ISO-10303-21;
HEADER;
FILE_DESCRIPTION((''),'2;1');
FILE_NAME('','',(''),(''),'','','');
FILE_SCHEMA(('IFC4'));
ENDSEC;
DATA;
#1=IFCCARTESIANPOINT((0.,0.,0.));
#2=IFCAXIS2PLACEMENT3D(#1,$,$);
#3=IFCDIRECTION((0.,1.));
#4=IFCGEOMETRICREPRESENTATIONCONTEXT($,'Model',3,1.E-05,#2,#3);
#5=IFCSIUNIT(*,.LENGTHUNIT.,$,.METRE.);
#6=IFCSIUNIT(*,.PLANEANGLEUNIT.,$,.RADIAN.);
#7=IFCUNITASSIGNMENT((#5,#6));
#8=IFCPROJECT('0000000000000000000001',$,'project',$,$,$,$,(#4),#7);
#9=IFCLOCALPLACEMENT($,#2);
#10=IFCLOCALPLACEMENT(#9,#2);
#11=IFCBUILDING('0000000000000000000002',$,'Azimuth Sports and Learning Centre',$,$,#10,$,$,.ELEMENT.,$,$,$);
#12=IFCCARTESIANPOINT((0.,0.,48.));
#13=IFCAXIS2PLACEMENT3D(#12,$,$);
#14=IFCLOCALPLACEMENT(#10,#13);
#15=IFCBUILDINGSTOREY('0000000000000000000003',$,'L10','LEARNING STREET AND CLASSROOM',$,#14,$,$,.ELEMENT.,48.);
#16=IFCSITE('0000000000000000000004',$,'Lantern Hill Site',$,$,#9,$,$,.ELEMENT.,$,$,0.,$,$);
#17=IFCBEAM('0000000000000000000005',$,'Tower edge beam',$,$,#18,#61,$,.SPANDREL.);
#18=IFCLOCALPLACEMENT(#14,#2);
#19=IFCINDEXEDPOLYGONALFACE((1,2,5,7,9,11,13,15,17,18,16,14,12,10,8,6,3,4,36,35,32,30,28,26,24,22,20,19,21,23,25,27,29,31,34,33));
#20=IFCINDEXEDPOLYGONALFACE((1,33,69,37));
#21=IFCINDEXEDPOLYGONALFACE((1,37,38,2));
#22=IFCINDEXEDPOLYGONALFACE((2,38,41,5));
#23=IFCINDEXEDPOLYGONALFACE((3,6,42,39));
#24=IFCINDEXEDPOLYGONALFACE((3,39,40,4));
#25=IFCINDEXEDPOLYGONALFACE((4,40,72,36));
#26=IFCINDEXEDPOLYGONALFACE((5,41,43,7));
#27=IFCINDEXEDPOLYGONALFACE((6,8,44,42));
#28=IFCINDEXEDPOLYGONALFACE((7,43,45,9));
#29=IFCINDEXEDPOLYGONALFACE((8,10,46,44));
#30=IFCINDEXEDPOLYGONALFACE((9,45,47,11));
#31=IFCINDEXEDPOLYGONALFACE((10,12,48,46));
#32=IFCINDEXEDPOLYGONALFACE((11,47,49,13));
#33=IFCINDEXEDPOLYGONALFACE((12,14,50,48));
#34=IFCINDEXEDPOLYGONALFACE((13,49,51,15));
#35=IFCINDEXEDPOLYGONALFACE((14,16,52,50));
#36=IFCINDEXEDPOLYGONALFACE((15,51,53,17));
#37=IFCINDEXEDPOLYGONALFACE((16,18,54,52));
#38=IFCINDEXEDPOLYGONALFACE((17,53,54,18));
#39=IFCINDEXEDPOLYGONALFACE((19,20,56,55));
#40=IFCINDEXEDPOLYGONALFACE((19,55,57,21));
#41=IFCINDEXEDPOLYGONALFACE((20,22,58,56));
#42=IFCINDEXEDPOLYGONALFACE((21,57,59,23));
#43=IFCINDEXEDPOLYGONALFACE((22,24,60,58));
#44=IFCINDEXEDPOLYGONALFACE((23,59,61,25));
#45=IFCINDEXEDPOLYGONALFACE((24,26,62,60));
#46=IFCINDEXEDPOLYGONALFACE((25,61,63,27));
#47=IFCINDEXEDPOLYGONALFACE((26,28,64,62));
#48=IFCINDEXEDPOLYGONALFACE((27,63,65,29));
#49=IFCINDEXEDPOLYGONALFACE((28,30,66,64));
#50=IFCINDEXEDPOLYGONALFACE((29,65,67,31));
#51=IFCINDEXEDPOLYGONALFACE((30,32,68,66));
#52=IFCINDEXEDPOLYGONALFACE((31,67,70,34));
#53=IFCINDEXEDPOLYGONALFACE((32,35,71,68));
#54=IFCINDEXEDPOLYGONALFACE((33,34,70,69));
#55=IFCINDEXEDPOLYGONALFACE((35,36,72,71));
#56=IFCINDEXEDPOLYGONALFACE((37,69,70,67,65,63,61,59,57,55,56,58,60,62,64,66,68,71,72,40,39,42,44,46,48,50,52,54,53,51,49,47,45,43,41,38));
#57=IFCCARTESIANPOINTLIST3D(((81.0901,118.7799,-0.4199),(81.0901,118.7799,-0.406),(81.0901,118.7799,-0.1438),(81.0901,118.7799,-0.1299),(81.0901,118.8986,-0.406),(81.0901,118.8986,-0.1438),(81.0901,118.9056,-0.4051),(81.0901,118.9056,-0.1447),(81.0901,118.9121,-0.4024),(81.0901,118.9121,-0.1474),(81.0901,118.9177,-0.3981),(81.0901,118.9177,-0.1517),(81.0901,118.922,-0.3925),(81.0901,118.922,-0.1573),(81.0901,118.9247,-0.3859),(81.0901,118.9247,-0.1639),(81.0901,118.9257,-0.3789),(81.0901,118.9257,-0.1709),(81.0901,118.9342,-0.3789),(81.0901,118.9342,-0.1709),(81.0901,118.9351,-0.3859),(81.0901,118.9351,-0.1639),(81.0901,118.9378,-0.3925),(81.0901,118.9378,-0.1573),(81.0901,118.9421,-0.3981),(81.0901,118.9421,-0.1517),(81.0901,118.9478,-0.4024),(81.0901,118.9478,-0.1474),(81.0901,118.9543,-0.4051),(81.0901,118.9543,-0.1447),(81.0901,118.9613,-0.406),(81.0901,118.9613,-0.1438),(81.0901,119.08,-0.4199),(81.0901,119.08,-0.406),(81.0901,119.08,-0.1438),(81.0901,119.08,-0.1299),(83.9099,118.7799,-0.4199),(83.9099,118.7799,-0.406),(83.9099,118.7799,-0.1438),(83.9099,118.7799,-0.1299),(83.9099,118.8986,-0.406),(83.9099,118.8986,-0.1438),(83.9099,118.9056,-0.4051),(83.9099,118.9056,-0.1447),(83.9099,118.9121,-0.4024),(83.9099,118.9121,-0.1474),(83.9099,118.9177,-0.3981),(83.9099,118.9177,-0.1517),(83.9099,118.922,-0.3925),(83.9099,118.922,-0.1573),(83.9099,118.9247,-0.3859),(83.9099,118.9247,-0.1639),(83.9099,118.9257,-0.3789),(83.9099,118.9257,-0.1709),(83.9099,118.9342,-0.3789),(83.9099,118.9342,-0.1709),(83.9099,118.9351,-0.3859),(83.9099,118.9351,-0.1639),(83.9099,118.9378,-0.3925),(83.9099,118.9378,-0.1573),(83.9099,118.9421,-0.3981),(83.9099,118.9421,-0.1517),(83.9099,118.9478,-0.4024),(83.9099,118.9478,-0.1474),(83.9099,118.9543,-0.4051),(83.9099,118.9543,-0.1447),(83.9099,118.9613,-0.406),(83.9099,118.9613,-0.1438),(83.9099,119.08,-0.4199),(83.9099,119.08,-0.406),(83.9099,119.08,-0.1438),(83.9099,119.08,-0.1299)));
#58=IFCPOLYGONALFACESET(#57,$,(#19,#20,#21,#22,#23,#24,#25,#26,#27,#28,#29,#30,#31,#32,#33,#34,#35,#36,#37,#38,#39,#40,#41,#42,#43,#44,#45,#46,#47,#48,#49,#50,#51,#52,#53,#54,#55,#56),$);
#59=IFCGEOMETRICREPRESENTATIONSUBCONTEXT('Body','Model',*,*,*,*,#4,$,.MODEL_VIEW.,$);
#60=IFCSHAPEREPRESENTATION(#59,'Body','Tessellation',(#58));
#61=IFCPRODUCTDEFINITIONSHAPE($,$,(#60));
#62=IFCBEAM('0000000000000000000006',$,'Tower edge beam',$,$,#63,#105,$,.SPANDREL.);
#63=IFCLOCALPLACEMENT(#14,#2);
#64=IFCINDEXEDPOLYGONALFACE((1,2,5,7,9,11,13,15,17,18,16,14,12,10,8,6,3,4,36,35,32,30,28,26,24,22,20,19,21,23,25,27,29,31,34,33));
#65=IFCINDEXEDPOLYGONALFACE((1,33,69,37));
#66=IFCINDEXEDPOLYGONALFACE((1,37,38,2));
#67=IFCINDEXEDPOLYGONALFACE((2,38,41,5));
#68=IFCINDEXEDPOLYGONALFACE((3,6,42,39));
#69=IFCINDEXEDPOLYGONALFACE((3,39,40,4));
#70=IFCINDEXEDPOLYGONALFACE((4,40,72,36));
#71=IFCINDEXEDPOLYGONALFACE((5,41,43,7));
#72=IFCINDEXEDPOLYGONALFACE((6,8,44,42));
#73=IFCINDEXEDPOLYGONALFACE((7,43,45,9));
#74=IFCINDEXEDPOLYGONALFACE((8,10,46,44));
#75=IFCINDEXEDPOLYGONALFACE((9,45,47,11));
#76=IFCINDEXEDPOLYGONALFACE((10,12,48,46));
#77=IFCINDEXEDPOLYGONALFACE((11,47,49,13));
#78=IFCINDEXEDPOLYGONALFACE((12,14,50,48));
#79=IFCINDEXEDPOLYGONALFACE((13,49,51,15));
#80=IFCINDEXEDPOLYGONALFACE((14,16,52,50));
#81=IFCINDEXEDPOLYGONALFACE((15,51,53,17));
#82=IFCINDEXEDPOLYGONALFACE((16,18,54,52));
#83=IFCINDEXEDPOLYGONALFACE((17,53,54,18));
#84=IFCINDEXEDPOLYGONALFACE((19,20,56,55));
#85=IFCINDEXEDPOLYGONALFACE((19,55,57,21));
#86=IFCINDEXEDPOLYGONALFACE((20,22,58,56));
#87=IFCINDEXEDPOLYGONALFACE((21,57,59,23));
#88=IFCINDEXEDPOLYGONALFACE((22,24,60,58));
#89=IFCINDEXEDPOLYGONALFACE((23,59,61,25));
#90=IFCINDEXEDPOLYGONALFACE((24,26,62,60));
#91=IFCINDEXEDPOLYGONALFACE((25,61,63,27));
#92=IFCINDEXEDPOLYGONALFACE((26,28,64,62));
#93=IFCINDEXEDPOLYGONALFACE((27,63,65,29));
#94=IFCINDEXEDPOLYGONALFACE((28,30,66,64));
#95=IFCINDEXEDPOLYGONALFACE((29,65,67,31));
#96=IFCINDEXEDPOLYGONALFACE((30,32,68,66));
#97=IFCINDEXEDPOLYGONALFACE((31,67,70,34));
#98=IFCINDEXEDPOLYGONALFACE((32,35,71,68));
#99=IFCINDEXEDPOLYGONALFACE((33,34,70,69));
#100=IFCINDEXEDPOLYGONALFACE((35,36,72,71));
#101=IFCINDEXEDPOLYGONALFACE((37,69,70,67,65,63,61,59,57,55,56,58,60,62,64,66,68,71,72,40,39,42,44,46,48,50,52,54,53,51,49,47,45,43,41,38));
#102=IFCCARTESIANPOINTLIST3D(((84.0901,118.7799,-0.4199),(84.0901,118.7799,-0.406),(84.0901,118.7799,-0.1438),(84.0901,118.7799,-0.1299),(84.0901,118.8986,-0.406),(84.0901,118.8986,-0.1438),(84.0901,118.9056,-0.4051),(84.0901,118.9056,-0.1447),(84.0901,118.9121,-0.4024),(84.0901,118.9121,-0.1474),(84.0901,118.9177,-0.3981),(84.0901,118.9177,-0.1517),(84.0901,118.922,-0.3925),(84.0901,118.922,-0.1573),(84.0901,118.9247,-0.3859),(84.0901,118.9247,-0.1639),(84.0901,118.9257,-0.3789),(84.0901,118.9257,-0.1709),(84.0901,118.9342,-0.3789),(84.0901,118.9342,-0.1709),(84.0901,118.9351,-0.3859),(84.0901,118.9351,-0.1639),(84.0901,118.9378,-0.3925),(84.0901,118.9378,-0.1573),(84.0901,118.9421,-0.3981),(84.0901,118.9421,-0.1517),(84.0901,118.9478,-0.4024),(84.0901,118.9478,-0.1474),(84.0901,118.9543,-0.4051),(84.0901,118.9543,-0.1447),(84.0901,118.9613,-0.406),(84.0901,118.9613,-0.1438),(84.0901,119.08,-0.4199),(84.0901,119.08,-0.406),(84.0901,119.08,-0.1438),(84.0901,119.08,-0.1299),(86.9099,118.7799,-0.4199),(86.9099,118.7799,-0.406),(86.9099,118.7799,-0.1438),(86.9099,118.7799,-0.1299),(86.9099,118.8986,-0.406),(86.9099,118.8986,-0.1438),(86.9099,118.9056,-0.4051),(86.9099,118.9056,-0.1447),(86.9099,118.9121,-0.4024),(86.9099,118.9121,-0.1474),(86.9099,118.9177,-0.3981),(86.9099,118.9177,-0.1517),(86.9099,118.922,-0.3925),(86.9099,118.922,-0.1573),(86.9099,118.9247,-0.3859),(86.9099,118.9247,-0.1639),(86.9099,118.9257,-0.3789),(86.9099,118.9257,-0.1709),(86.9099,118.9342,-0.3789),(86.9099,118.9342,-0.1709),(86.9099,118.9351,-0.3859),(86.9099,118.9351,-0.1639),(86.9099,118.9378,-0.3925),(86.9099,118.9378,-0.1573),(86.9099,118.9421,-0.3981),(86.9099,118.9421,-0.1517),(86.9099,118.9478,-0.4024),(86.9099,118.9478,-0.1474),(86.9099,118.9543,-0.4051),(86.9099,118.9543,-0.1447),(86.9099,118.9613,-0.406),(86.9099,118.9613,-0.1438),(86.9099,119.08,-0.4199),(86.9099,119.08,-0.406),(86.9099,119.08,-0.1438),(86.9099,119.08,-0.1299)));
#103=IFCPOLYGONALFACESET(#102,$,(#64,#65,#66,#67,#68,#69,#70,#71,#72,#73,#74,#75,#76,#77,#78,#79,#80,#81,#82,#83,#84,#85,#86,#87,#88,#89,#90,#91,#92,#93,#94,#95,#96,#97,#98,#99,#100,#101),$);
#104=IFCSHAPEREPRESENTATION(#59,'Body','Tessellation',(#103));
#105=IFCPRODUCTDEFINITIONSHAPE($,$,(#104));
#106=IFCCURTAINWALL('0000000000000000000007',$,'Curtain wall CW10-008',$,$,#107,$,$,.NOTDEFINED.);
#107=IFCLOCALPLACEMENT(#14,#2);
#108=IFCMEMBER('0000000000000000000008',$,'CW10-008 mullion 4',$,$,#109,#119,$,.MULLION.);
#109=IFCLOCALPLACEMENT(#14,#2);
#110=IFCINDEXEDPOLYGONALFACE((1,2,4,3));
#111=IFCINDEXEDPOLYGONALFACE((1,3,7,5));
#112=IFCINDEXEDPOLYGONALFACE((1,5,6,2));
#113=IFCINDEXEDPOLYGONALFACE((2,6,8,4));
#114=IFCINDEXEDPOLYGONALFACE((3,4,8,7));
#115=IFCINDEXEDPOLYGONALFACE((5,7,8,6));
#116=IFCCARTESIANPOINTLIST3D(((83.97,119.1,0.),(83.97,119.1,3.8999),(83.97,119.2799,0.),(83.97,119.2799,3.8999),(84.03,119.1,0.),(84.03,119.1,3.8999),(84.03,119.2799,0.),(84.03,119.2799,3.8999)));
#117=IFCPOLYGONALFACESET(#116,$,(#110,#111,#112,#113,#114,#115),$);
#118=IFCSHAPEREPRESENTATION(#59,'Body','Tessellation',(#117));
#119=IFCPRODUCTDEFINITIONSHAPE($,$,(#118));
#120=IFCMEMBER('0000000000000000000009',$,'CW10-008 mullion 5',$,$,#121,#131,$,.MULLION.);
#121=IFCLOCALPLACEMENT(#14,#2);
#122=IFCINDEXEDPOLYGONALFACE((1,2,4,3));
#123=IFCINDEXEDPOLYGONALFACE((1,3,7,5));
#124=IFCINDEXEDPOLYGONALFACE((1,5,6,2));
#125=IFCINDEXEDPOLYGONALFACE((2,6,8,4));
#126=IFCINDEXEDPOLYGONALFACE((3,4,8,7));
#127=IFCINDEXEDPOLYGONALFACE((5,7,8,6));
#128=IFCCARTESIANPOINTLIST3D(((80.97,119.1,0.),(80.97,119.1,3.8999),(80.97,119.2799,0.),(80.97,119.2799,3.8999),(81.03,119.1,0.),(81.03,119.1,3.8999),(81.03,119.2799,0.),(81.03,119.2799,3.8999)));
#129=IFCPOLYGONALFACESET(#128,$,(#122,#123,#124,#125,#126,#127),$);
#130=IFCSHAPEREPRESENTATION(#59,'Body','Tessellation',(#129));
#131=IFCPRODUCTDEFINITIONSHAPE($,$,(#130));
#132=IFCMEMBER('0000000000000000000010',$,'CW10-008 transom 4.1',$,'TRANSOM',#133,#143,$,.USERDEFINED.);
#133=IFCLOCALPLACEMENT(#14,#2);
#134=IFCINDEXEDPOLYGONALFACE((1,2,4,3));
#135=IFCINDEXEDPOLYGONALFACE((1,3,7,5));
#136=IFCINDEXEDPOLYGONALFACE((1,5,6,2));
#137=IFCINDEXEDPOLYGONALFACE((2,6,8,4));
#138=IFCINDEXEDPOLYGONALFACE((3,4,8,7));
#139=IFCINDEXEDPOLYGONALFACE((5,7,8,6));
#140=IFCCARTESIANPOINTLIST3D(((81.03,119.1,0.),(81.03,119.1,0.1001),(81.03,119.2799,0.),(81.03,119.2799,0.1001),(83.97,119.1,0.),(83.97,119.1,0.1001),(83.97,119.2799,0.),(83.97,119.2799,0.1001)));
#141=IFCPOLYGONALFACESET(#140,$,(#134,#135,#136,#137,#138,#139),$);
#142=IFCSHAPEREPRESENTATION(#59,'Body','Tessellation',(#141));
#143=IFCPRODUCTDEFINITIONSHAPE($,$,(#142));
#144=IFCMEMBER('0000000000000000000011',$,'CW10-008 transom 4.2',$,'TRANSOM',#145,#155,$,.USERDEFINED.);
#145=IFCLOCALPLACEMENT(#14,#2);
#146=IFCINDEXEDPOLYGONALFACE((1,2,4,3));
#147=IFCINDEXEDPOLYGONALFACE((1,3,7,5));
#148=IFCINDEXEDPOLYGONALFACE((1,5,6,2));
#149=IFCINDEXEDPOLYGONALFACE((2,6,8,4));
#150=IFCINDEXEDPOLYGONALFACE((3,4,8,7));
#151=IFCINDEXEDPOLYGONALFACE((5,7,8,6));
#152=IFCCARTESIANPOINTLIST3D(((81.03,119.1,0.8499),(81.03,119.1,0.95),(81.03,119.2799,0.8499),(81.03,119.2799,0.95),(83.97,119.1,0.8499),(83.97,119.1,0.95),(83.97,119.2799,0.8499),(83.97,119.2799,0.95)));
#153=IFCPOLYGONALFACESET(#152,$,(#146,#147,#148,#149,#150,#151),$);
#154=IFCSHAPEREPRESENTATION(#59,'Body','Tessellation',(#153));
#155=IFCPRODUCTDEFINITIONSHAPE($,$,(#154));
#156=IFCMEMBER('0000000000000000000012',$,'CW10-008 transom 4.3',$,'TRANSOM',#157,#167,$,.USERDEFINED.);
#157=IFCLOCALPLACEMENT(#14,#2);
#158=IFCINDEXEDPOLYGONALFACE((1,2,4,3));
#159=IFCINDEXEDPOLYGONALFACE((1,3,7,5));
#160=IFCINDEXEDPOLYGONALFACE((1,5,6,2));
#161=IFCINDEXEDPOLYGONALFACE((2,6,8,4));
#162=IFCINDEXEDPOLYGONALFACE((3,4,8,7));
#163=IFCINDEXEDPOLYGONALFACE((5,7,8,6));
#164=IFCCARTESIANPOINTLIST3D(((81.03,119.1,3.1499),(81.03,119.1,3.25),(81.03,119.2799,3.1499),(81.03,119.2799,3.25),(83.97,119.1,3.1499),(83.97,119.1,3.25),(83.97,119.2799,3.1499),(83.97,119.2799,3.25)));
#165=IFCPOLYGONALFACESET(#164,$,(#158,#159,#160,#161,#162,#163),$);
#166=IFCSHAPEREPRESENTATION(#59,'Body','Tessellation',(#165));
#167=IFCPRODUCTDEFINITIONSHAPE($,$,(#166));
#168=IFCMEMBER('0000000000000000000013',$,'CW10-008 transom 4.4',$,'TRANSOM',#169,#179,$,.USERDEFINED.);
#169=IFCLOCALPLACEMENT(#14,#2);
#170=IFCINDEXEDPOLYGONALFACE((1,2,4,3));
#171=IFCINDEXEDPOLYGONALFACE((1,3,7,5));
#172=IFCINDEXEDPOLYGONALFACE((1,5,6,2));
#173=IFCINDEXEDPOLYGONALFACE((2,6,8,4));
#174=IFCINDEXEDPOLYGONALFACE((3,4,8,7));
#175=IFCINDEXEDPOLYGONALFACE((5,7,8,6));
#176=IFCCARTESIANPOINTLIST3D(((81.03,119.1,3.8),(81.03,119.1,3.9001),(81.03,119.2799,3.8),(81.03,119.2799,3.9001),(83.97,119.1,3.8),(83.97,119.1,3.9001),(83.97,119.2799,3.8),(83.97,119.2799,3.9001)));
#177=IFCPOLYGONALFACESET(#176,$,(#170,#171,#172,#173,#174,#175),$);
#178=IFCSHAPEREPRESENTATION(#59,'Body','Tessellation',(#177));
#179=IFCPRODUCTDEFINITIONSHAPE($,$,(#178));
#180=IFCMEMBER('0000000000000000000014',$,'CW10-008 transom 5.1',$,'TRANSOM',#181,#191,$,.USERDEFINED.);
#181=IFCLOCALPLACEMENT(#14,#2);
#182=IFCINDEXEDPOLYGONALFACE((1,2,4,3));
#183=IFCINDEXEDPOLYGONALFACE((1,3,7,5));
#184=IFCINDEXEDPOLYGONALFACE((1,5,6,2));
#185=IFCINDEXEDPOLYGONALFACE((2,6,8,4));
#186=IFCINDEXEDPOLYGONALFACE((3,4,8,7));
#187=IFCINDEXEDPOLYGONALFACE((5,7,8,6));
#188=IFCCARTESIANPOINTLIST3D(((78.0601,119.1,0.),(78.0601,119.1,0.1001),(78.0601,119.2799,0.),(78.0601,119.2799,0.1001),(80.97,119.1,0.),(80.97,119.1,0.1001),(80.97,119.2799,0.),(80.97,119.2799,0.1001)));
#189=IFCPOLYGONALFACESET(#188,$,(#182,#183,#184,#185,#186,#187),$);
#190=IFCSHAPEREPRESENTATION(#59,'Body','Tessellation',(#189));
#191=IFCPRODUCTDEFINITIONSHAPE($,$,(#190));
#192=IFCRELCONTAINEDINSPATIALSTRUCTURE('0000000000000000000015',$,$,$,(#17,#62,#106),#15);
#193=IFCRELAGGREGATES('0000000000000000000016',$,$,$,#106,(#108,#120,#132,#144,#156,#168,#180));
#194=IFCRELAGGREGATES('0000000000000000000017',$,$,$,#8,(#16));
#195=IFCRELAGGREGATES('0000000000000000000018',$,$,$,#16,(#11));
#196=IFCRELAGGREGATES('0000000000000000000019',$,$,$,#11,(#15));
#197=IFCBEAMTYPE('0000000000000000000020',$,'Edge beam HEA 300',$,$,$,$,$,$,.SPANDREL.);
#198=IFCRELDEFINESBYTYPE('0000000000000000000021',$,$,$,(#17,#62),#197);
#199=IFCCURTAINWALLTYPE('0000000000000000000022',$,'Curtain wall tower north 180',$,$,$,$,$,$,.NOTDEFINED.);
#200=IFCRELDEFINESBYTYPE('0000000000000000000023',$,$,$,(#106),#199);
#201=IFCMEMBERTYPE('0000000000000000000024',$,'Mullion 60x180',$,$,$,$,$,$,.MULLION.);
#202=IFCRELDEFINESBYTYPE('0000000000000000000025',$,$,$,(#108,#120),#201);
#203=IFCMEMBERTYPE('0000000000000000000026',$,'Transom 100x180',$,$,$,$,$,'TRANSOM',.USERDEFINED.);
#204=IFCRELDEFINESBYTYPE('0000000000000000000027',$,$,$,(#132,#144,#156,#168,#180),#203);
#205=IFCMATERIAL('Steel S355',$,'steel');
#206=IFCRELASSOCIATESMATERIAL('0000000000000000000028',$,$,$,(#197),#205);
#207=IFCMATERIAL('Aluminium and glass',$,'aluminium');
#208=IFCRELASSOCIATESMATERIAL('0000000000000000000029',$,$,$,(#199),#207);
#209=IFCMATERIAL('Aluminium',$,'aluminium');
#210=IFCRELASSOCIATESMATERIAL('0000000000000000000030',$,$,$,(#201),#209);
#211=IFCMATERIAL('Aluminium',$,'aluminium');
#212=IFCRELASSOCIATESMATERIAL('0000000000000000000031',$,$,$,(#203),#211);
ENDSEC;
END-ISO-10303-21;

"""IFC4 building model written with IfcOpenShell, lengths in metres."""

from ifc_helpers import new_model, si_unit, direction, frame, origin, origin_2d, place, context, subcontext, project, spatial, rectangle, i_section, extrude, material, material_profile, profile_set, type_object, element, aggregate, save


model = new_model("IFC4")

# Units and contexts
model_context = context("Model", 3, precision=1e-05, world=origin(), true_north=direction((0.0, 1.0)))
body_context = subcontext(model_context, "Body", "Model", "MODEL_VIEW")
ifc_project = project(units=[si_unit("LENGTHUNIT", "METRE"), si_unit("PLANEANGLEUNIT", "RADIAN")], contexts=[model_context])

# Site, building, storey
site_placement = place(None, origin())
site = spatial("IfcSite", under=ifc_project, at=site_placement, Name="Lantern Hill Site", CompositionType="ELEMENT", RefElevation=0.0)
building_placement = place(site_placement, origin())
building = spatial("IfcBuilding", under=site, at=building_placement, Name="Azimuth Sports and Learning Centre", CompositionType="ELEMENT")
storey_placement = place(building_placement, frame((0.0, 0.0, 48.0)))
storey = spatial("IfcBuildingStorey", under=building, at=storey_placement, Name="L10", Description="LEARNING STREET AND CLASSROOM", CompositionType="ELEMENT", Elevation=48.0)

# Beams
ifc_material_1 = material(Name="Steel S355", Category="steel")
ifc_material_profile_1 = material_profile(ifc_material_1, i_section(OverallWidth=0.3, OverallDepth=0.29, WebThickness=0.0085, FlangeThickness=0.0139, FilletRadius=0.0271, at=origin_2d()), Name="HEA 300")
ifc_profile_set_1 = profile_set([ifc_material_profile_1], Name="Steel S355")
beam_type = type_object("IfcBeamType", Name="Edge beam HEA 300", PredefinedType="SPANDREL", material=ifc_profile_set_1)
for number, where, z_axis, x_axis, name in (
    (1, (81.0901, 118.9299, -0.2749), (1.0, 0.0, 0.0), (0.0, 1.0, 0.0), "Tower edge beam"),
    (2, (84.0901, 118.9299, -0.2749), (1.0, 0.0, 0.0), (0.0, 1.0, 0.0), "Tower edge beam"),
):
    element("IfcBeam", number, at=place(storey_placement, frame(where, z_axis=z_axis, x_axis=x_axis)), inside=storey, type_object=beam_type, Name=name, PredefinedType="SPANDREL", context=body_context, shape_type="SweptSolid", body=[
        extrude(i_section(OverallWidth=0.3, OverallDepth=0.29, WebThickness=0.0085, FlangeThickness=0.0139, FilletRadius=0.0271, at=origin_2d()), origin(), (0.0, 0.0, 1.0), 2.8198),
    ])

# Curtain wall, members
ifc_material_2 = material(Name="Aluminium and glass", Category="aluminium")
curtain_wall_type = type_object("IfcCurtainWallType", Name="Curtain wall tower north 180", PredefinedType="NOTDEFINED", material=ifc_material_2)
curtain_wall_placement = place(storey_placement, origin())
curtain_wall = element("IfcCurtainWall", 3, at=curtain_wall_placement, inside=storey, type_object=curtain_wall_type, Name="Curtain wall CW10-008", PredefinedType="NOTDEFINED")
ifc_material_3 = material(Name="Aluminium", Category="aluminium")
ifc_material_profile_2 = material_profile(ifc_material_3, rectangle(XDim=0.1799, YDim=0.0601, at=origin_2d()), Name="Mullion 60x180")
ifc_profile_set_2 = profile_set([ifc_material_profile_2], Name="Aluminium")
member_type_1 = type_object("IfcMemberType", Name="Mullion 60x180", PredefinedType="MULLION", material=ifc_profile_set_2)
member_1_placement = place(storey_placement, frame((84.0, 119.1899, 0.0), z_axis=(0.0, 0.0, 1.0), x_axis=(0.0, -1.0, 0.0)))
member_1 = element("IfcMember", 4, at=member_1_placement, type_object=member_type_1, Name="CW10-008 mullion 4", PredefinedType="MULLION", context=body_context, shape_type="SweptSolid", body=[
    extrude(rectangle(XDim=0.1799, YDim=0.0601, at=origin_2d()), origin(), (0.0, 0.0, 1.0), 3.8999),
])
member_2_placement = place(storey_placement, frame((81.0, 119.1899, 0.0), z_axis=(0.0, 0.0, 1.0), x_axis=(0.0, -1.0, 0.0)))
member_2 = element("IfcMember", 5, at=member_2_placement, type_object=member_type_1, Name="CW10-008 mullion 5", PredefinedType="MULLION", context=body_context, shape_type="SweptSolid", body=[
    extrude(rectangle(XDim=0.1799, YDim=0.0601, at=origin_2d()), origin(), (0.0, 0.0, 1.0), 3.8999),
])
ifc_material_4 = material(Name="Aluminium", Category="aluminium")
ifc_material_profile_3 = material_profile(ifc_material_4, rectangle(XDim=0.1799, YDim=0.1001, at=origin_2d()), Name="Transom 100x180")
ifc_profile_set_3 = profile_set([ifc_material_profile_3], Name="Aluminium")
member_type_2 = type_object("IfcMemberType", Name="Transom 100x180", ElementType="TRANSOM", PredefinedType="USERDEFINED", material=ifc_profile_set_3)
member_3_placement = place(storey_placement, frame((83.97, 119.1899, 0.05), z_axis=(-1.0, 0.0, 0.0), x_axis=(0.0, -1.0, 0.0)))
member_3 = element("IfcMember", 6, at=member_3_placement, type_object=member_type_2, Name="CW10-008 transom 4.1", ObjectType="TRANSOM", PredefinedType="USERDEFINED", context=body_context, shape_type="SweptSolid", body=[
    extrude(rectangle(XDim=0.1799, YDim=0.1001, at=origin_2d()), origin(), (0.0, 0.0, 1.0), 2.9399),
])
member_4_placement = place(storey_placement, frame((83.97, 119.1899, 0.8999), z_axis=(-1.0, 0.0, 0.0), x_axis=(0.0, -1.0, 0.0)))
member_4 = element("IfcMember", 7, at=member_4_placement, type_object=member_type_2, Name="CW10-008 transom 4.2", ObjectType="TRANSOM", PredefinedType="USERDEFINED", context=body_context, shape_type="SweptSolid", body=[
    extrude(rectangle(XDim=0.1799, YDim=0.1001, at=origin_2d()), origin(), (0.0, 0.0, 1.0), 2.9399),
])
member_5_placement = place(storey_placement, frame((83.97, 119.1899, 3.2), z_axis=(-1.0, 0.0, 0.0), x_axis=(0.0, -1.0, 0.0)))
member_5 = element("IfcMember", 8, at=member_5_placement, type_object=member_type_2, Name="CW10-008 transom 4.3", ObjectType="TRANSOM", PredefinedType="USERDEFINED", context=body_context, shape_type="SweptSolid", body=[
    extrude(rectangle(XDim=0.1799, YDim=0.1001, at=origin_2d()), origin(), (0.0, 0.0, 1.0), 2.9399),
])
member_6_placement = place(storey_placement, frame((83.97, 119.1899, 3.8501), z_axis=(-1.0, 0.0, 0.0), x_axis=(0.0, -1.0, 0.0)))
member_6 = element("IfcMember", 9, at=member_6_placement, type_object=member_type_2, Name="CW10-008 transom 4.4", ObjectType="TRANSOM", PredefinedType="USERDEFINED", context=body_context, shape_type="SweptSolid", body=[
    extrude(rectangle(XDim=0.1799, YDim=0.1001, at=origin_2d()), origin(), (0.0, 0.0, 1.0), 2.9399),
])
member_7_placement = place(storey_placement, frame((80.97, 119.1899, 0.05), z_axis=(-1.0, 0.0, 0.0), x_axis=(0.0, -1.0, 0.0)))
member_7 = element("IfcMember", 10, at=member_7_placement, type_object=member_type_2, Name="CW10-008 transom 5.1", ObjectType="TRANSOM", PredefinedType="USERDEFINED", context=body_context, shape_type="SweptSolid", body=[
    extrude(rectangle(XDim=0.1799, YDim=0.1001, at=origin_2d()), origin(), (0.0, 0.0, 1.0), 2.9099),
])
aggregate(curtain_wall, [member_1, member_2, member_3, member_4, member_5, member_6, member_7])

save(model, "model.ifc")
